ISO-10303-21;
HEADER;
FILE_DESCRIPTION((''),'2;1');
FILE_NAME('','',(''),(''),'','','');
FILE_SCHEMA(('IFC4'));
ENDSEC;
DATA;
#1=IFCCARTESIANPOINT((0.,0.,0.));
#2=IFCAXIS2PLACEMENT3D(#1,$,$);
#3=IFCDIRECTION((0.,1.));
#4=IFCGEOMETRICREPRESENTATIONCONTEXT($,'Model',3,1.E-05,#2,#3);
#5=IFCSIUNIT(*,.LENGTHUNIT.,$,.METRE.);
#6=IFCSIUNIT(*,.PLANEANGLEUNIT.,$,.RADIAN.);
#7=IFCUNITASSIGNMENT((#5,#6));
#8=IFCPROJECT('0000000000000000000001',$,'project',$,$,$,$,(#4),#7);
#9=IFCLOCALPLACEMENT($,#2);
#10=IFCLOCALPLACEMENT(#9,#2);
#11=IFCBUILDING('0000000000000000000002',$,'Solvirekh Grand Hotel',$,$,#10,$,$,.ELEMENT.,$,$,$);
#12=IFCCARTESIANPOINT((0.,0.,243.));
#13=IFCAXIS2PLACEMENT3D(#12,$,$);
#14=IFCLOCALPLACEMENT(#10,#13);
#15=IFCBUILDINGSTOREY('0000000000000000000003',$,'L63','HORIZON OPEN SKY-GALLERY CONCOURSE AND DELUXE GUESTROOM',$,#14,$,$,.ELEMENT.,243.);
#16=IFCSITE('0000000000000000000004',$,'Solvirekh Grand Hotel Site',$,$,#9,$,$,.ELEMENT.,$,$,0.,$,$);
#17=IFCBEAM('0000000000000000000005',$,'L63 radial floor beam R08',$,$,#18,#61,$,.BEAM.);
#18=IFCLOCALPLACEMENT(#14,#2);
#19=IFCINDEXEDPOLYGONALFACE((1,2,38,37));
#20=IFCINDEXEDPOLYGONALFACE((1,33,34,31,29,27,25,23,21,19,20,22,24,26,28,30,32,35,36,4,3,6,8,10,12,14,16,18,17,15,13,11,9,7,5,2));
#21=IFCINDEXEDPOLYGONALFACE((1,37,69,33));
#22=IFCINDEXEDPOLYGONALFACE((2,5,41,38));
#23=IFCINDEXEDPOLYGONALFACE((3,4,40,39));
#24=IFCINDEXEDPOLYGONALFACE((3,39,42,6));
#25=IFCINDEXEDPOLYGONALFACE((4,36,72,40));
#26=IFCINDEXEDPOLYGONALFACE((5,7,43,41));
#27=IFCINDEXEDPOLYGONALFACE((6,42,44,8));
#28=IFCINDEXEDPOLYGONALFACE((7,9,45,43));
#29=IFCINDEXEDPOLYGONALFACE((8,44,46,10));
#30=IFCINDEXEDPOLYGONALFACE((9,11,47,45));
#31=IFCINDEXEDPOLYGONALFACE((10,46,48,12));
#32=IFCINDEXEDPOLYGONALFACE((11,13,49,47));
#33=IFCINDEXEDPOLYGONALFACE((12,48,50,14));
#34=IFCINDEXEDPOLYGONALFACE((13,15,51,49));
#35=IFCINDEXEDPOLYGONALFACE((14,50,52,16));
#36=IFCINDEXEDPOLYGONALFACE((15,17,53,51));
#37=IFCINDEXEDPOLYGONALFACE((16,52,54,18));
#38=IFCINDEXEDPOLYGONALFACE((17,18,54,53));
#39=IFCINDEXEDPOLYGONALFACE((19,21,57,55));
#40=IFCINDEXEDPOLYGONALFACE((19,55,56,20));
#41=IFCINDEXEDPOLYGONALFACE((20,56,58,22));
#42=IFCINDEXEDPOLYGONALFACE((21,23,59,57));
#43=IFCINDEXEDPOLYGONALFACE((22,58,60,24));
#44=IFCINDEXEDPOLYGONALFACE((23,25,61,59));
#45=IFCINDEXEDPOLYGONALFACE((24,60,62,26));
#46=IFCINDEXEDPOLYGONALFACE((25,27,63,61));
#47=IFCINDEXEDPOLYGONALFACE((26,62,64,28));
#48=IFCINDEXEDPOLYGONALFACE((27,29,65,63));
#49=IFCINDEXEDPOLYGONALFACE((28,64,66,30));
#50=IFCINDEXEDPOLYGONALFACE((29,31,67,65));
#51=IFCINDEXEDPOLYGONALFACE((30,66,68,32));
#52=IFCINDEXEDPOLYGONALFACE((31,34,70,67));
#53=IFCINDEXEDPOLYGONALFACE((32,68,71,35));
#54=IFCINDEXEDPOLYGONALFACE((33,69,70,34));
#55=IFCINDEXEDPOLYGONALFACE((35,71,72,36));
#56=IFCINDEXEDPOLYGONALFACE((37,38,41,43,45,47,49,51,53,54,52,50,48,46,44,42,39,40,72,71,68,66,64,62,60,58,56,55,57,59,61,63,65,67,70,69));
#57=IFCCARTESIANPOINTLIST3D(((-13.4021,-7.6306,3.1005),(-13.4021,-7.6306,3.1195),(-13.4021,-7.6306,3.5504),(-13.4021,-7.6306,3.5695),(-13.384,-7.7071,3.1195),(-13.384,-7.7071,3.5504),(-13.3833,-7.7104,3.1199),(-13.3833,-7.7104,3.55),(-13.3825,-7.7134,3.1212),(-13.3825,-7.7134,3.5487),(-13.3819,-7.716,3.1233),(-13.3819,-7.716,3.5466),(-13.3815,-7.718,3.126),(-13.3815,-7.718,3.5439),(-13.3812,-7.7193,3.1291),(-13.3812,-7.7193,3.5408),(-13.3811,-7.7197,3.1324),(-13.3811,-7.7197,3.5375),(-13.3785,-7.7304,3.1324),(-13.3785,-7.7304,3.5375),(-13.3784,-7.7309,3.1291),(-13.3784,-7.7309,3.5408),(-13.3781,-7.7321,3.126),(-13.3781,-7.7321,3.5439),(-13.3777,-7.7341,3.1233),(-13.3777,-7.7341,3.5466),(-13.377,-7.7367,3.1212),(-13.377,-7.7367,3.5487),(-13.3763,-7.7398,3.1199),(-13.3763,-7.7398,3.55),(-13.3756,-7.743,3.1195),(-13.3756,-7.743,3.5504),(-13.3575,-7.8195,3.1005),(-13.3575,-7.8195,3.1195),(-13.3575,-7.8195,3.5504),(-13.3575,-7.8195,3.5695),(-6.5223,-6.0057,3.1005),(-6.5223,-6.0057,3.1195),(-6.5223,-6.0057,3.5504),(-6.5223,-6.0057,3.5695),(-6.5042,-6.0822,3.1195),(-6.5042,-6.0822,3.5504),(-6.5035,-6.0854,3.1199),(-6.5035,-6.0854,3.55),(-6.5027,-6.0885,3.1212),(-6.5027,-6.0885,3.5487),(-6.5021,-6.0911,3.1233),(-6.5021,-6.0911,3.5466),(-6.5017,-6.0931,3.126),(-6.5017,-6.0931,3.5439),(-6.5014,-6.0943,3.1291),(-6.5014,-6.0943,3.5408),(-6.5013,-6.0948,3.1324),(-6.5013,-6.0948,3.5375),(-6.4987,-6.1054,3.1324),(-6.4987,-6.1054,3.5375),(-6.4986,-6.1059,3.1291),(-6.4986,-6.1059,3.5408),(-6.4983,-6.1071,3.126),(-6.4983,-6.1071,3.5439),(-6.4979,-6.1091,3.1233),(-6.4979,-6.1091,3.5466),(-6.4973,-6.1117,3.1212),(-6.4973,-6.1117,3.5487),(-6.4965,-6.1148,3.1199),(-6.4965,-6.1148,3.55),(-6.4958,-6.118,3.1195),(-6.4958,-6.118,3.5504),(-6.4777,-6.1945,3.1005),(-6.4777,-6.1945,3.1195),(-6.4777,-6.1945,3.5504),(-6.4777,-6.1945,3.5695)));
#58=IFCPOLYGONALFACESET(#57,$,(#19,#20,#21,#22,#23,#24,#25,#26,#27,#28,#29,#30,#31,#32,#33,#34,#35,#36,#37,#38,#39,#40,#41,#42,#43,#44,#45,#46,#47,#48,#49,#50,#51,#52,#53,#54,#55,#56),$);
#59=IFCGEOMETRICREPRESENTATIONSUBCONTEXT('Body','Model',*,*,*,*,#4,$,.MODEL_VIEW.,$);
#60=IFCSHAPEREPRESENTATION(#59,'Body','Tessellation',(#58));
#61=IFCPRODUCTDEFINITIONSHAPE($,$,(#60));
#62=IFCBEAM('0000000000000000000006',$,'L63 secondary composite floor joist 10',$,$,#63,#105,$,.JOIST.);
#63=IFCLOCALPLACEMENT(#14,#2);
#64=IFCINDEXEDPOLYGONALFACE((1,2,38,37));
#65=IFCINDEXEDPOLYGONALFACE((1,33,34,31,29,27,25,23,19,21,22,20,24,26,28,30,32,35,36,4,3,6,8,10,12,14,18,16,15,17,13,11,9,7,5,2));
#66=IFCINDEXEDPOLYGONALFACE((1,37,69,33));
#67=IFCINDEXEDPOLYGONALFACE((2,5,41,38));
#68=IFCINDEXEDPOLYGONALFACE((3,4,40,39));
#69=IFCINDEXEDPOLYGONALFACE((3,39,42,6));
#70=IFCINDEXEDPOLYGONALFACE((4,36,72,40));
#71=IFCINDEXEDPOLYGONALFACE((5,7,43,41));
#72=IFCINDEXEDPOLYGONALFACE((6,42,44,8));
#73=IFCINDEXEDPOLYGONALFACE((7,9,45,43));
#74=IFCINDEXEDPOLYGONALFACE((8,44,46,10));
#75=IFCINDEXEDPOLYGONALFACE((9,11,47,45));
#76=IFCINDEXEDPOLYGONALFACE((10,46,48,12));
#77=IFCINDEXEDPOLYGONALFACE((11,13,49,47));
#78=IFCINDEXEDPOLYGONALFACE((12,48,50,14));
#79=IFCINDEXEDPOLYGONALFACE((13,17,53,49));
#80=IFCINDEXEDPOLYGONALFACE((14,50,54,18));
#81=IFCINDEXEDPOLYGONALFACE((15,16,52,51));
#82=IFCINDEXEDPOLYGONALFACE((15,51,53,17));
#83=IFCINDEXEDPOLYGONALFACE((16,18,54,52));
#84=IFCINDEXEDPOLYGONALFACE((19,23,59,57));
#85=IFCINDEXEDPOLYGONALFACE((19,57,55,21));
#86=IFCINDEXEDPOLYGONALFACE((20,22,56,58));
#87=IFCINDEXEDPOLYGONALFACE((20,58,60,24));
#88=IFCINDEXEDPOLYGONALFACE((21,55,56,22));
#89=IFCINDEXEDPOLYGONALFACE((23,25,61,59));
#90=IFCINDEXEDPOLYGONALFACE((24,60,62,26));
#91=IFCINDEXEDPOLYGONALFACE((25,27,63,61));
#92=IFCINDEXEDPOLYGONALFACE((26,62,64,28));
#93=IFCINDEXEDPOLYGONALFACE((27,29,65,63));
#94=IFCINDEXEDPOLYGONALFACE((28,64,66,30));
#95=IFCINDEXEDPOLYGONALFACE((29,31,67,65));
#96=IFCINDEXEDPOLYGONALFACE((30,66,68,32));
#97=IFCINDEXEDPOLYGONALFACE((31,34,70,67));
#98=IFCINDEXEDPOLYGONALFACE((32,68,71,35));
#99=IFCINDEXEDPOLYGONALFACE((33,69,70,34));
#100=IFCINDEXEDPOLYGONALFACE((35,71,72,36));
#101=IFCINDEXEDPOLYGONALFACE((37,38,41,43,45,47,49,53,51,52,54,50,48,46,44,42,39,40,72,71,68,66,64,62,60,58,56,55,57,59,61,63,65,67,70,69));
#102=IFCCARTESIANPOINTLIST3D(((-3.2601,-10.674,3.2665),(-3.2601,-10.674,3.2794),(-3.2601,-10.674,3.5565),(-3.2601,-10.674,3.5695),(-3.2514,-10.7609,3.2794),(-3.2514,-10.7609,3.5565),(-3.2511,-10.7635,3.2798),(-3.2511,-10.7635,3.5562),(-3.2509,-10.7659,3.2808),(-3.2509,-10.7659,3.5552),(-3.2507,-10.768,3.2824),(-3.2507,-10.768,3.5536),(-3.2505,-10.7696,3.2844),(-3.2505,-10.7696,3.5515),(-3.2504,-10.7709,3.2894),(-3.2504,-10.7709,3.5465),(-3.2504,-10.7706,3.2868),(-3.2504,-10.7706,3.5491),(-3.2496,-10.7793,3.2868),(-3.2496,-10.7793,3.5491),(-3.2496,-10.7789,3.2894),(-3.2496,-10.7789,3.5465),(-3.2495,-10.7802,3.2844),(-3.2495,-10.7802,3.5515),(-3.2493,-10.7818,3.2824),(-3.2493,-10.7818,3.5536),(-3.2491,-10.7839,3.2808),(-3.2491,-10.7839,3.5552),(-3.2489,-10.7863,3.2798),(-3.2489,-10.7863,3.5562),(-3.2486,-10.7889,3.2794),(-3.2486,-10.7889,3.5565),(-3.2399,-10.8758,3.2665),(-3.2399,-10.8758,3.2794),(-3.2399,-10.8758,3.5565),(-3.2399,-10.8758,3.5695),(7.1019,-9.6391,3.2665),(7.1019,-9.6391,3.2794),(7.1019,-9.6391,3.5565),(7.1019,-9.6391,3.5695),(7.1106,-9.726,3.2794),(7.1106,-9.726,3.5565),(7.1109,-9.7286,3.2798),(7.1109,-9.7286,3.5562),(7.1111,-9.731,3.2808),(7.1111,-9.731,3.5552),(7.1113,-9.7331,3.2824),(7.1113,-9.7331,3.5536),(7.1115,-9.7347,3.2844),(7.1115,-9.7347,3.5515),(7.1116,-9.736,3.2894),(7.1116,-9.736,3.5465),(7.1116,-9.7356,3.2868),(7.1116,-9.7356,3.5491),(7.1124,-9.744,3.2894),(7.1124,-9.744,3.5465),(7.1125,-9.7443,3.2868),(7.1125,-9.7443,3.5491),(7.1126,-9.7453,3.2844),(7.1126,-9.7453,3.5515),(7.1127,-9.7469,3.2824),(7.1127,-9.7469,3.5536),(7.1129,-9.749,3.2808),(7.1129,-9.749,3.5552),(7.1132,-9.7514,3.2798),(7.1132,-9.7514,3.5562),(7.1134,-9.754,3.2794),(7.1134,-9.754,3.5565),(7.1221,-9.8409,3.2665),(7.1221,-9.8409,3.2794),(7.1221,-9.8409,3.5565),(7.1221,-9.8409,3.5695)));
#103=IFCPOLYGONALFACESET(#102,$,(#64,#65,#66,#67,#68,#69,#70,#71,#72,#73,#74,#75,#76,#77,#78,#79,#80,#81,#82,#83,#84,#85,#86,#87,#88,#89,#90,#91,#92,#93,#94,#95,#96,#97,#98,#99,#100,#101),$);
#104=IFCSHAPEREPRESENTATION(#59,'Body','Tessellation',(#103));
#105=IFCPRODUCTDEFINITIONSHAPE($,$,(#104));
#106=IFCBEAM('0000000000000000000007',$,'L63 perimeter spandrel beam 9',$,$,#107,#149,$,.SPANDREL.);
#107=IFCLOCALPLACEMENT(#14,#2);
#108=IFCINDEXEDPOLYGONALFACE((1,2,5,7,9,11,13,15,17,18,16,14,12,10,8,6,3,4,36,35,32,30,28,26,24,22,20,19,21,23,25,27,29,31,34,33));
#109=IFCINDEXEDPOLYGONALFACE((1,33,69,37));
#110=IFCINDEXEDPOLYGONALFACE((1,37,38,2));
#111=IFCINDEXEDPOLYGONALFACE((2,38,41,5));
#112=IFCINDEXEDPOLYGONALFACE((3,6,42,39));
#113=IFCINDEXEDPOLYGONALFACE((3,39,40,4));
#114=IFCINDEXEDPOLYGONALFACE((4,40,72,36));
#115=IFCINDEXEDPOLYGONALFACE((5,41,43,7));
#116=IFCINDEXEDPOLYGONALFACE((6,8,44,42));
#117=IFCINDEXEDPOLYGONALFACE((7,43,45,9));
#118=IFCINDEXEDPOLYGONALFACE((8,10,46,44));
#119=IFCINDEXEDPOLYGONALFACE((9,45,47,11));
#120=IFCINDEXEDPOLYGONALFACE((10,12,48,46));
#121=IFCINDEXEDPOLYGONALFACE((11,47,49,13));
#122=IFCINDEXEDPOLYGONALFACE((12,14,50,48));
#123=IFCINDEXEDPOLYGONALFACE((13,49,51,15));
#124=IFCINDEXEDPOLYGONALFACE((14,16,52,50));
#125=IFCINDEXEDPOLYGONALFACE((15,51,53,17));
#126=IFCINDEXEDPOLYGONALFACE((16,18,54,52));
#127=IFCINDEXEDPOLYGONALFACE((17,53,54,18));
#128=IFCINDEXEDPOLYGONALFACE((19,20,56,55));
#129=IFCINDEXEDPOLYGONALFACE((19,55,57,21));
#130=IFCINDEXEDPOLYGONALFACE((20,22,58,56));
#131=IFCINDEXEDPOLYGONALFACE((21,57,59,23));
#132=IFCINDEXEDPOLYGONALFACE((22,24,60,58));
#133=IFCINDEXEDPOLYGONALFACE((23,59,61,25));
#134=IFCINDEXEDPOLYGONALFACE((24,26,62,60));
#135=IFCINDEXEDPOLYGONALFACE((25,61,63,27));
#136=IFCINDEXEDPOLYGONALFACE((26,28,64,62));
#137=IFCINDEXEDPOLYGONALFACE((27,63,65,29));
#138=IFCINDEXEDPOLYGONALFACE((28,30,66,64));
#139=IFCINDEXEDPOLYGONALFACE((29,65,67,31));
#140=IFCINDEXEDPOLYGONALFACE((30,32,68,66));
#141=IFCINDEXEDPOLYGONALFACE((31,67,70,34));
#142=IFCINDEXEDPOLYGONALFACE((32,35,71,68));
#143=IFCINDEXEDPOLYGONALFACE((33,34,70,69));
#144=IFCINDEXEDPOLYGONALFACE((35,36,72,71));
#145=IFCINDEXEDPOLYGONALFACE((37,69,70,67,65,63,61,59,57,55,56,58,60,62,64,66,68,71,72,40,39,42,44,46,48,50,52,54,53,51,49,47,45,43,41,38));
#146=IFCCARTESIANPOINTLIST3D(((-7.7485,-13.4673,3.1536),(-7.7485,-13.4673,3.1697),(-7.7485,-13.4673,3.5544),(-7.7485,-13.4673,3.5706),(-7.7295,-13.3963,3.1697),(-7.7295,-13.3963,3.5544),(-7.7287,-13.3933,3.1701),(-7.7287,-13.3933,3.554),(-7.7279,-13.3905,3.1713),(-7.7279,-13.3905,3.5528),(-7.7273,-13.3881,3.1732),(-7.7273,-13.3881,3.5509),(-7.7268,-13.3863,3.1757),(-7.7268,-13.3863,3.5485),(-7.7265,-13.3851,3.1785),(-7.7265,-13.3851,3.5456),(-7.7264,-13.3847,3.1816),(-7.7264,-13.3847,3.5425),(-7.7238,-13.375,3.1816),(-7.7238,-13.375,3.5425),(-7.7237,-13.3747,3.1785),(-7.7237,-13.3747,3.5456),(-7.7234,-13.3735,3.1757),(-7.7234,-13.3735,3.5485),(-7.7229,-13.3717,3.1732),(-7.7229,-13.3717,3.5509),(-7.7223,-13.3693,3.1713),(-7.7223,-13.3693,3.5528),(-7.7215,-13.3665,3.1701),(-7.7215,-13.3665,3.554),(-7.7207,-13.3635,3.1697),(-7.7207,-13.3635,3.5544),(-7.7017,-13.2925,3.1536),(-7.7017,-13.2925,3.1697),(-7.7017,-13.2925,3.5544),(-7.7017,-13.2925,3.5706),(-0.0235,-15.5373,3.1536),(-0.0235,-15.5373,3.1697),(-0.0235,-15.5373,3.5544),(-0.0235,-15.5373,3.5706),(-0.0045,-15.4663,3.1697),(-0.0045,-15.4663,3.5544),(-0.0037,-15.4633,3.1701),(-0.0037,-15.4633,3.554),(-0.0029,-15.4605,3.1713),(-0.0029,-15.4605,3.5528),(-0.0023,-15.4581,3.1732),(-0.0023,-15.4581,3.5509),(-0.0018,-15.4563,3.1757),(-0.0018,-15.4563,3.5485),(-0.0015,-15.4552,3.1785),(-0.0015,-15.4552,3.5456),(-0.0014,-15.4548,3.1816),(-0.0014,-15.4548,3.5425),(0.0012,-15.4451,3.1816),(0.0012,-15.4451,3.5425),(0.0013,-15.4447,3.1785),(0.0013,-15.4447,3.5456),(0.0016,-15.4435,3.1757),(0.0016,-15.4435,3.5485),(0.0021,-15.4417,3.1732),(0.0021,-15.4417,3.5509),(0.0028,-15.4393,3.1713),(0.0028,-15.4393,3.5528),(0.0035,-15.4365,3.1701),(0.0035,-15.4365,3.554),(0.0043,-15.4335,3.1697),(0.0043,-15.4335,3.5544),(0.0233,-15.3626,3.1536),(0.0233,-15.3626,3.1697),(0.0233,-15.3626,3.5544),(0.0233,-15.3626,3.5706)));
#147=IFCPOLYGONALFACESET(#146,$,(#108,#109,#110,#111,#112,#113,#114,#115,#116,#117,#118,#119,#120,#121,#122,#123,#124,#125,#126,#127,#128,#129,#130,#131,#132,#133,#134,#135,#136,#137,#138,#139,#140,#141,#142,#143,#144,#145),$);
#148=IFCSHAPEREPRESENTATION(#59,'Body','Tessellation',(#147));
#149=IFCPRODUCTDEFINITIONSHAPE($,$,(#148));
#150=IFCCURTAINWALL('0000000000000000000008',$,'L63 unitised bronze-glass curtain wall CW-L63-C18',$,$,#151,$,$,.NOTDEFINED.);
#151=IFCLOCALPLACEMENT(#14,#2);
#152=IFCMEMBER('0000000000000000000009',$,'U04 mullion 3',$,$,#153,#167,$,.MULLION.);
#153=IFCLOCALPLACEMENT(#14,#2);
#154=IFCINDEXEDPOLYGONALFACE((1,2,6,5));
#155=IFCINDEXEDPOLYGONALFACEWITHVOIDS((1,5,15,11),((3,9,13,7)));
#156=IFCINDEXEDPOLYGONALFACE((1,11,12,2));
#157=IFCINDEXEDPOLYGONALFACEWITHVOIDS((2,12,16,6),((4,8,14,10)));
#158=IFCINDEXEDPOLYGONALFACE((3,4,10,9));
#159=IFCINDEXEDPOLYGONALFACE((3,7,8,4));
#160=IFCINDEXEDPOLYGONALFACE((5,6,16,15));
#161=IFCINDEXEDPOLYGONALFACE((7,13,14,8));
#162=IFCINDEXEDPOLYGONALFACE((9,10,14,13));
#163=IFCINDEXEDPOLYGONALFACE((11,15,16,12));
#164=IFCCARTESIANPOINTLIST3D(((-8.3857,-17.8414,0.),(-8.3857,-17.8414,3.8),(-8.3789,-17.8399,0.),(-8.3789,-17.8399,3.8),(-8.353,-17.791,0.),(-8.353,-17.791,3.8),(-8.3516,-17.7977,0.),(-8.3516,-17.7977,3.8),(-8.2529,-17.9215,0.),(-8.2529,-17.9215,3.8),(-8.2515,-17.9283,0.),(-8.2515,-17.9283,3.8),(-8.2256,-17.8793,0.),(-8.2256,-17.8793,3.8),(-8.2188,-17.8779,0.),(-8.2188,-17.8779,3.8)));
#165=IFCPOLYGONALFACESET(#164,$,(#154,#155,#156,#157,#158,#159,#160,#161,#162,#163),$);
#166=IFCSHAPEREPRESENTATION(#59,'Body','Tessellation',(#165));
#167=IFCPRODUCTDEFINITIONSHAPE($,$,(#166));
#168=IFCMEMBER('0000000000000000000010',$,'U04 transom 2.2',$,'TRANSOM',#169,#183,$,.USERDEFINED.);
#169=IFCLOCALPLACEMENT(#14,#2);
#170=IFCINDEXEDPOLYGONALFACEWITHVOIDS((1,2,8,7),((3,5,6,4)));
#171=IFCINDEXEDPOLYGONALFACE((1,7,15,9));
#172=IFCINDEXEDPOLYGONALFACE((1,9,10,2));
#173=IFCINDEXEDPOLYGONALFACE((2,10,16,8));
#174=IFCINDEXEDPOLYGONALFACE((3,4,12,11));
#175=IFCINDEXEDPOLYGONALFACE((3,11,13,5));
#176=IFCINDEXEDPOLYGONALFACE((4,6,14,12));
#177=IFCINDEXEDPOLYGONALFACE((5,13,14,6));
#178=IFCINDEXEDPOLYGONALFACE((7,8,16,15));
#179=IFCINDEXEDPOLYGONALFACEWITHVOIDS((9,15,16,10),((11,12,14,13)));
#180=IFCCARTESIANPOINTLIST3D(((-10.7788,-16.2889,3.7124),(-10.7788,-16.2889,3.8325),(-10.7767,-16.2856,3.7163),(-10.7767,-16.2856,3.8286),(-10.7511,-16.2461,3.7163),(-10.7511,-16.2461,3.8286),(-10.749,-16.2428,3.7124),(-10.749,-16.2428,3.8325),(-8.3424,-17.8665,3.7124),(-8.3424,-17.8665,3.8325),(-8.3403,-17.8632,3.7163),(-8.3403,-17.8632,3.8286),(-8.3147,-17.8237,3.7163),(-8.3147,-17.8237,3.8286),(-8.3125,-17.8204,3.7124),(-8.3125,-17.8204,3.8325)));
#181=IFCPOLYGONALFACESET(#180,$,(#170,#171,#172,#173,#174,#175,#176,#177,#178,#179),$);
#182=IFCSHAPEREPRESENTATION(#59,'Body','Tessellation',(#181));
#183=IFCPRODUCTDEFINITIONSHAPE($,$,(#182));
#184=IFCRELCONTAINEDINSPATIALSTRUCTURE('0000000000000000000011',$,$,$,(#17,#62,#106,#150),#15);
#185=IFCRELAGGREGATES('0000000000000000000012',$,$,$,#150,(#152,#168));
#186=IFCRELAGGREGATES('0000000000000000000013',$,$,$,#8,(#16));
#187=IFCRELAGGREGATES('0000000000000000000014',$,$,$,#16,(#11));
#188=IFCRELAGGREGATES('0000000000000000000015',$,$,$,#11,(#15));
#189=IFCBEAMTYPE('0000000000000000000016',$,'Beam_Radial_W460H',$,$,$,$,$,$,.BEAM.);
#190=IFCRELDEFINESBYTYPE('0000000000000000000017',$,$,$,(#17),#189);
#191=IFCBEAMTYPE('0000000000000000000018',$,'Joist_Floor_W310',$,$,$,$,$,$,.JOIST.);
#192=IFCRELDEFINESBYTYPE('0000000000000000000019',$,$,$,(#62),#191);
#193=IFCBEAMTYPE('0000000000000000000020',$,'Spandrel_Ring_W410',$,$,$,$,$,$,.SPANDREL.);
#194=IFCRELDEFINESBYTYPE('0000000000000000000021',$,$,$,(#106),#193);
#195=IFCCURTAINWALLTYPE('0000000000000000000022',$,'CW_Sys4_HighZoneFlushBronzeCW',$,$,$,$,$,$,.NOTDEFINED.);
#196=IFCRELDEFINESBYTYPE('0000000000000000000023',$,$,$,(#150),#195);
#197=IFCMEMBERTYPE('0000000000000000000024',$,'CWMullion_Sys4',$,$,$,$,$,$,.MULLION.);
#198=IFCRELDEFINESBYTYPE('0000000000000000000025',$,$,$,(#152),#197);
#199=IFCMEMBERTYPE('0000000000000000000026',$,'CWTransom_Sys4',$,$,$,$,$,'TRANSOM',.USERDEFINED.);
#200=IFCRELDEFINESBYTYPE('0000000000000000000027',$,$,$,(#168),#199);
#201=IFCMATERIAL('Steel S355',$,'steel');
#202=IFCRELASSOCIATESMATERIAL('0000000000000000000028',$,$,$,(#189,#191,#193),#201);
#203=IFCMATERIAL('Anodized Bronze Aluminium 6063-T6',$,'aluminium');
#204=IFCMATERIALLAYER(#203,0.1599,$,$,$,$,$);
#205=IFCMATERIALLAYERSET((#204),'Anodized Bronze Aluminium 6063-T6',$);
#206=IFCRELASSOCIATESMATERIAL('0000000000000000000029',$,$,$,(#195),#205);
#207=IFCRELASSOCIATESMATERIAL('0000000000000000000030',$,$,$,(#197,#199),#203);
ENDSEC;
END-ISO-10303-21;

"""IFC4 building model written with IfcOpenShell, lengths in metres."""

from ifc_helpers import new_model, si_unit, direction, frame, origin, origin_2d, place, context, subcontext, project, spatial, hollow_rectangle, i_section, extrude, source, transform, mapped, material, layer, layer_set, material_profile, profile_set, type_object, element, aggregate, save


model = new_model("IFC4")

# Units and contexts
model_context = context("Model", 3, precision=1e-05, world=origin(), true_north=direction((0.0, 1.0)))
body_context = subcontext(model_context, "Body", "Model", "MODEL_VIEW")
ifc_project = project(units=[si_unit("LENGTHUNIT", "METRE"), si_unit("PLANEANGLEUNIT", "RADIAN")], contexts=[model_context])

# Site, building, storey
site_placement = place(None, origin())
site = spatial("IfcSite", under=ifc_project, at=site_placement, Name="Solvirekh Grand Hotel Site", CompositionType="ELEMENT", RefElevation=0.0)
building_placement = place(site_placement, origin())
building = spatial("IfcBuilding", under=site, at=building_placement, Name="Solvirekh Grand Hotel", CompositionType="ELEMENT")
storey_placement = place(building_placement, frame((0.0, 0.0, 243.0)))
storey = spatial("IfcBuildingStorey", under=building, at=storey_placement, Name="L63", Description="HORIZON OPEN SKY-GALLERY CONCOURSE AND DELUXE GUESTROOM", CompositionType="ELEMENT", Elevation=243.0)

# Beams
ifc_material_1 = material(Name="Steel S355", Category="steel")
ifc_material_profile_1 = material_profile(ifc_material_1, i_section(OverallWidth=0.1941, OverallDepth=0.469, WebThickness=0.011, FlangeThickness=0.019, FilletRadius=0.0129, at=origin_2d()), Name="W460X106")
ifc_profile_set_1 = profile_set([ifc_material_profile_1], Name="Steel S355")
beam_type_1 = type_object("IfcBeamType", Name="Beam_Radial_W460H", PredefinedType="BEAM", material=ifc_profile_set_1)
beam_1_placement = place(storey_placement, frame((-6.5, -6.1001, 3.335), z_axis=(-0.973221, -0.229871, 0.0), x_axis=(0.229871, -0.973221, 0.0)))
element("IfcBeam", 1, at=beam_1_placement, inside=storey, type_object=beam_type_1, Name="L63 radial floor beam R08", PredefinedType="BEAM", context=body_context, shape_type="SweptSolid", body=[
    extrude(i_section(OverallWidth=0.1941, OverallDepth=0.469, WebThickness=0.011, FlangeThickness=0.019, FilletRadius=0.0129, at=origin_2d()), origin(), (0.0, 0.0, 1.0), 7.0691),
])
ifc_material_profile_2 = material_profile(ifc_material_1, i_section(OverallWidth=0.2029, OverallDepth=0.303, WebThickness=0.0081, FlangeThickness=0.0129, FilletRadius=0.01, at=origin_2d()), Name="W310X60")
ifc_profile_set_2 = profile_set([ifc_material_profile_2], Name="Steel S355")
beam_type_2 = type_object("IfcBeamType", Name="Joist_Floor_W310", PredefinedType="JOIST", material=ifc_profile_set_2)
beam_2_placement = place(storey_placement, frame((-3.25, -10.7749, 3.418), z_axis=(0.995049, 0.099381, 0.0), x_axis=(-0.099381, 0.995049, 0.0)))
element("IfcBeam", 2, at=beam_2_placement, inside=storey, type_object=beam_type_2, Name="L63 secondary composite floor joist 10", PredefinedType="JOIST", context=body_context, shape_type="SweptSolid", body=[
    extrude(i_section(OverallWidth=0.2029, OverallDepth=0.303, WebThickness=0.0081, FlangeThickness=0.0129, FilletRadius=0.01, at=origin_2d()), origin(), (0.0, 0.0, 1.0), 10.4136),
])
ifc_material_profile_3 = material_profile(ifc_material_1, i_section(OverallWidth=0.1809, OverallDepth=0.417, WebThickness=0.01, FlangeThickness=0.0161, FilletRadius=0.012, at=origin_2d()), Name="W410X85")
ifc_profile_set_3 = profile_set([ifc_material_profile_3], Name="Steel S355")
beam_type_3 = type_object("IfcBeamType", Name="Spandrel_Ring_W410", PredefinedType="SPANDREL", material=ifc_profile_set_3)
beam_3_placement = place(storey_placement, frame((-7.7251, -13.3799, 3.3621), z_axis=(0.965922, -0.258835, 0.0), x_axis=(0.258835, 0.965922, 0.0)))
element("IfcBeam", 3, at=beam_3_placement, inside=storey, type_object=beam_type_3, Name="L63 perimeter spandrel beam 9", PredefinedType="SPANDREL", context=body_context, shape_type="SweptSolid", body=[
    extrude(i_section(OverallWidth=0.1809, OverallDepth=0.417, WebThickness=0.01, FlangeThickness=0.0161, FilletRadius=0.012, at=origin_2d()), origin(), (0.0, 0.0, 1.0), 7.9976),
])

# Curtain wall, members
ifc_material_2 = material(Name="Anodized Bronze Aluminium 6063-T6", Category="aluminium")
ifc_layer_1 = layer(ifc_material_2, 0.1599)
ifc_layer_set_1 = layer_set([ifc_layer_1], Name="Anodized Bronze Aluminium 6063-T6")
curtain_wall_type = type_object("IfcCurtainWallType", Name="CW_Sys4_HighZoneFlushBronzeCW", PredefinedType="NOTDEFINED", material=ifc_layer_set_1)
curtain_wall_placement = place(storey_placement, origin())
curtain_wall = element("IfcCurtainWall", 4, at=curtain_wall_placement, inside=storey, type_object=curtain_wall_type, Name="L63 unitised bronze-glass curtain wall CW-L63-C18", PredefinedType="NOTDEFINED")
ifc_material_profile_4 = material_profile(ifc_material_2, hollow_rectangle(XDim=0.0601, YDim=0.1599, WallThickness=0.0049, at=origin_2d()), Name="ALU RHS 160X60X5")
ifc_profile_set_4 = profile_set([ifc_material_profile_4], Name="Anodized Bronze Aluminium 6063-T6")
member_type_1 = type_object("IfcMemberType", Name="CWMullion_Sys4", PredefinedType="MULLION", material=ifc_profile_set_4)
shared_shape_1 = source(origin(), body_context, "Body", "SweptSolid", [
    extrude(hollow_rectangle(XDim=0.0601, YDim=0.1599, WallThickness=0.0049, at=origin_2d()), origin(), (0.0, 0.0, 1.0), 3.8),
])
member_1_placement = place(storey_placement, frame((-8.3022, -17.8596, 0.0), z_axis=(0.0, 0.0, 1.0), x_axis=(0.543508, 0.839404, 0.0)))
member_1 = element("IfcMember", 5, at=member_1_placement, type_object=member_type_1, Name="U04 mullion 3", PredefinedType="MULLION", context=body_context, shape_type="MappedRepresentation", body=[
    mapped(shared_shape_1, transform((0.0, 0.0, 0.0), x_axis=(1.0, 0.0, 0.0), y_axis=(0.0, 1.0, 0.0), z_axis=(0.0, 0.0, 1.0), scale=1.0)),
])
ifc_material_profile_5 = material_profile(ifc_material_2, hollow_rectangle(XDim=0.0549, YDim=0.1201, WallThickness=0.0039, at=origin_2d()), Name="ALU RHS 120X55X4")
ifc_profile_set_5 = profile_set([ifc_material_profile_5], Name="Anodized Bronze Aluminium 6063-T6")
member_type_2 = type_object("IfcMemberType", Name="CWTransom_Sys4", ElementType="TRANSOM", PredefinedType="USERDEFINED", material=ifc_profile_set_5)
shared_shape_2 = source(origin(), body_context, "Body", "SweptSolid", [
    extrude(hollow_rectangle(XDim=0.0549, YDim=0.1201, WallThickness=0.0039, at=origin_2d()), origin(), (0.0, 0.0, 1.0), 2.9026),
])
member_2_placement = place(storey_placement, frame((-10.7639, -16.2659, 3.7725), z_axis=(0.839403, -0.543509, 0.0), x_axis=(0.543509, 0.839403, 0.0)))
member_2 = element("IfcMember", 6, at=member_2_placement, type_object=member_type_2, Name="U04 transom 2.2", ObjectType="TRANSOM", PredefinedType="USERDEFINED", context=body_context, shape_type="MappedRepresentation", body=[
    mapped(shared_shape_2, transform((0.0, 0.0, 0.0), x_axis=(1.0, 0.0, 0.0), y_axis=(0.0, 1.0, 0.0), z_axis=(0.0, 0.0, 1.0), scale=1.0)),
])
aggregate(curtain_wall, [member_1, member_2])

save(model, "model.ifc")
